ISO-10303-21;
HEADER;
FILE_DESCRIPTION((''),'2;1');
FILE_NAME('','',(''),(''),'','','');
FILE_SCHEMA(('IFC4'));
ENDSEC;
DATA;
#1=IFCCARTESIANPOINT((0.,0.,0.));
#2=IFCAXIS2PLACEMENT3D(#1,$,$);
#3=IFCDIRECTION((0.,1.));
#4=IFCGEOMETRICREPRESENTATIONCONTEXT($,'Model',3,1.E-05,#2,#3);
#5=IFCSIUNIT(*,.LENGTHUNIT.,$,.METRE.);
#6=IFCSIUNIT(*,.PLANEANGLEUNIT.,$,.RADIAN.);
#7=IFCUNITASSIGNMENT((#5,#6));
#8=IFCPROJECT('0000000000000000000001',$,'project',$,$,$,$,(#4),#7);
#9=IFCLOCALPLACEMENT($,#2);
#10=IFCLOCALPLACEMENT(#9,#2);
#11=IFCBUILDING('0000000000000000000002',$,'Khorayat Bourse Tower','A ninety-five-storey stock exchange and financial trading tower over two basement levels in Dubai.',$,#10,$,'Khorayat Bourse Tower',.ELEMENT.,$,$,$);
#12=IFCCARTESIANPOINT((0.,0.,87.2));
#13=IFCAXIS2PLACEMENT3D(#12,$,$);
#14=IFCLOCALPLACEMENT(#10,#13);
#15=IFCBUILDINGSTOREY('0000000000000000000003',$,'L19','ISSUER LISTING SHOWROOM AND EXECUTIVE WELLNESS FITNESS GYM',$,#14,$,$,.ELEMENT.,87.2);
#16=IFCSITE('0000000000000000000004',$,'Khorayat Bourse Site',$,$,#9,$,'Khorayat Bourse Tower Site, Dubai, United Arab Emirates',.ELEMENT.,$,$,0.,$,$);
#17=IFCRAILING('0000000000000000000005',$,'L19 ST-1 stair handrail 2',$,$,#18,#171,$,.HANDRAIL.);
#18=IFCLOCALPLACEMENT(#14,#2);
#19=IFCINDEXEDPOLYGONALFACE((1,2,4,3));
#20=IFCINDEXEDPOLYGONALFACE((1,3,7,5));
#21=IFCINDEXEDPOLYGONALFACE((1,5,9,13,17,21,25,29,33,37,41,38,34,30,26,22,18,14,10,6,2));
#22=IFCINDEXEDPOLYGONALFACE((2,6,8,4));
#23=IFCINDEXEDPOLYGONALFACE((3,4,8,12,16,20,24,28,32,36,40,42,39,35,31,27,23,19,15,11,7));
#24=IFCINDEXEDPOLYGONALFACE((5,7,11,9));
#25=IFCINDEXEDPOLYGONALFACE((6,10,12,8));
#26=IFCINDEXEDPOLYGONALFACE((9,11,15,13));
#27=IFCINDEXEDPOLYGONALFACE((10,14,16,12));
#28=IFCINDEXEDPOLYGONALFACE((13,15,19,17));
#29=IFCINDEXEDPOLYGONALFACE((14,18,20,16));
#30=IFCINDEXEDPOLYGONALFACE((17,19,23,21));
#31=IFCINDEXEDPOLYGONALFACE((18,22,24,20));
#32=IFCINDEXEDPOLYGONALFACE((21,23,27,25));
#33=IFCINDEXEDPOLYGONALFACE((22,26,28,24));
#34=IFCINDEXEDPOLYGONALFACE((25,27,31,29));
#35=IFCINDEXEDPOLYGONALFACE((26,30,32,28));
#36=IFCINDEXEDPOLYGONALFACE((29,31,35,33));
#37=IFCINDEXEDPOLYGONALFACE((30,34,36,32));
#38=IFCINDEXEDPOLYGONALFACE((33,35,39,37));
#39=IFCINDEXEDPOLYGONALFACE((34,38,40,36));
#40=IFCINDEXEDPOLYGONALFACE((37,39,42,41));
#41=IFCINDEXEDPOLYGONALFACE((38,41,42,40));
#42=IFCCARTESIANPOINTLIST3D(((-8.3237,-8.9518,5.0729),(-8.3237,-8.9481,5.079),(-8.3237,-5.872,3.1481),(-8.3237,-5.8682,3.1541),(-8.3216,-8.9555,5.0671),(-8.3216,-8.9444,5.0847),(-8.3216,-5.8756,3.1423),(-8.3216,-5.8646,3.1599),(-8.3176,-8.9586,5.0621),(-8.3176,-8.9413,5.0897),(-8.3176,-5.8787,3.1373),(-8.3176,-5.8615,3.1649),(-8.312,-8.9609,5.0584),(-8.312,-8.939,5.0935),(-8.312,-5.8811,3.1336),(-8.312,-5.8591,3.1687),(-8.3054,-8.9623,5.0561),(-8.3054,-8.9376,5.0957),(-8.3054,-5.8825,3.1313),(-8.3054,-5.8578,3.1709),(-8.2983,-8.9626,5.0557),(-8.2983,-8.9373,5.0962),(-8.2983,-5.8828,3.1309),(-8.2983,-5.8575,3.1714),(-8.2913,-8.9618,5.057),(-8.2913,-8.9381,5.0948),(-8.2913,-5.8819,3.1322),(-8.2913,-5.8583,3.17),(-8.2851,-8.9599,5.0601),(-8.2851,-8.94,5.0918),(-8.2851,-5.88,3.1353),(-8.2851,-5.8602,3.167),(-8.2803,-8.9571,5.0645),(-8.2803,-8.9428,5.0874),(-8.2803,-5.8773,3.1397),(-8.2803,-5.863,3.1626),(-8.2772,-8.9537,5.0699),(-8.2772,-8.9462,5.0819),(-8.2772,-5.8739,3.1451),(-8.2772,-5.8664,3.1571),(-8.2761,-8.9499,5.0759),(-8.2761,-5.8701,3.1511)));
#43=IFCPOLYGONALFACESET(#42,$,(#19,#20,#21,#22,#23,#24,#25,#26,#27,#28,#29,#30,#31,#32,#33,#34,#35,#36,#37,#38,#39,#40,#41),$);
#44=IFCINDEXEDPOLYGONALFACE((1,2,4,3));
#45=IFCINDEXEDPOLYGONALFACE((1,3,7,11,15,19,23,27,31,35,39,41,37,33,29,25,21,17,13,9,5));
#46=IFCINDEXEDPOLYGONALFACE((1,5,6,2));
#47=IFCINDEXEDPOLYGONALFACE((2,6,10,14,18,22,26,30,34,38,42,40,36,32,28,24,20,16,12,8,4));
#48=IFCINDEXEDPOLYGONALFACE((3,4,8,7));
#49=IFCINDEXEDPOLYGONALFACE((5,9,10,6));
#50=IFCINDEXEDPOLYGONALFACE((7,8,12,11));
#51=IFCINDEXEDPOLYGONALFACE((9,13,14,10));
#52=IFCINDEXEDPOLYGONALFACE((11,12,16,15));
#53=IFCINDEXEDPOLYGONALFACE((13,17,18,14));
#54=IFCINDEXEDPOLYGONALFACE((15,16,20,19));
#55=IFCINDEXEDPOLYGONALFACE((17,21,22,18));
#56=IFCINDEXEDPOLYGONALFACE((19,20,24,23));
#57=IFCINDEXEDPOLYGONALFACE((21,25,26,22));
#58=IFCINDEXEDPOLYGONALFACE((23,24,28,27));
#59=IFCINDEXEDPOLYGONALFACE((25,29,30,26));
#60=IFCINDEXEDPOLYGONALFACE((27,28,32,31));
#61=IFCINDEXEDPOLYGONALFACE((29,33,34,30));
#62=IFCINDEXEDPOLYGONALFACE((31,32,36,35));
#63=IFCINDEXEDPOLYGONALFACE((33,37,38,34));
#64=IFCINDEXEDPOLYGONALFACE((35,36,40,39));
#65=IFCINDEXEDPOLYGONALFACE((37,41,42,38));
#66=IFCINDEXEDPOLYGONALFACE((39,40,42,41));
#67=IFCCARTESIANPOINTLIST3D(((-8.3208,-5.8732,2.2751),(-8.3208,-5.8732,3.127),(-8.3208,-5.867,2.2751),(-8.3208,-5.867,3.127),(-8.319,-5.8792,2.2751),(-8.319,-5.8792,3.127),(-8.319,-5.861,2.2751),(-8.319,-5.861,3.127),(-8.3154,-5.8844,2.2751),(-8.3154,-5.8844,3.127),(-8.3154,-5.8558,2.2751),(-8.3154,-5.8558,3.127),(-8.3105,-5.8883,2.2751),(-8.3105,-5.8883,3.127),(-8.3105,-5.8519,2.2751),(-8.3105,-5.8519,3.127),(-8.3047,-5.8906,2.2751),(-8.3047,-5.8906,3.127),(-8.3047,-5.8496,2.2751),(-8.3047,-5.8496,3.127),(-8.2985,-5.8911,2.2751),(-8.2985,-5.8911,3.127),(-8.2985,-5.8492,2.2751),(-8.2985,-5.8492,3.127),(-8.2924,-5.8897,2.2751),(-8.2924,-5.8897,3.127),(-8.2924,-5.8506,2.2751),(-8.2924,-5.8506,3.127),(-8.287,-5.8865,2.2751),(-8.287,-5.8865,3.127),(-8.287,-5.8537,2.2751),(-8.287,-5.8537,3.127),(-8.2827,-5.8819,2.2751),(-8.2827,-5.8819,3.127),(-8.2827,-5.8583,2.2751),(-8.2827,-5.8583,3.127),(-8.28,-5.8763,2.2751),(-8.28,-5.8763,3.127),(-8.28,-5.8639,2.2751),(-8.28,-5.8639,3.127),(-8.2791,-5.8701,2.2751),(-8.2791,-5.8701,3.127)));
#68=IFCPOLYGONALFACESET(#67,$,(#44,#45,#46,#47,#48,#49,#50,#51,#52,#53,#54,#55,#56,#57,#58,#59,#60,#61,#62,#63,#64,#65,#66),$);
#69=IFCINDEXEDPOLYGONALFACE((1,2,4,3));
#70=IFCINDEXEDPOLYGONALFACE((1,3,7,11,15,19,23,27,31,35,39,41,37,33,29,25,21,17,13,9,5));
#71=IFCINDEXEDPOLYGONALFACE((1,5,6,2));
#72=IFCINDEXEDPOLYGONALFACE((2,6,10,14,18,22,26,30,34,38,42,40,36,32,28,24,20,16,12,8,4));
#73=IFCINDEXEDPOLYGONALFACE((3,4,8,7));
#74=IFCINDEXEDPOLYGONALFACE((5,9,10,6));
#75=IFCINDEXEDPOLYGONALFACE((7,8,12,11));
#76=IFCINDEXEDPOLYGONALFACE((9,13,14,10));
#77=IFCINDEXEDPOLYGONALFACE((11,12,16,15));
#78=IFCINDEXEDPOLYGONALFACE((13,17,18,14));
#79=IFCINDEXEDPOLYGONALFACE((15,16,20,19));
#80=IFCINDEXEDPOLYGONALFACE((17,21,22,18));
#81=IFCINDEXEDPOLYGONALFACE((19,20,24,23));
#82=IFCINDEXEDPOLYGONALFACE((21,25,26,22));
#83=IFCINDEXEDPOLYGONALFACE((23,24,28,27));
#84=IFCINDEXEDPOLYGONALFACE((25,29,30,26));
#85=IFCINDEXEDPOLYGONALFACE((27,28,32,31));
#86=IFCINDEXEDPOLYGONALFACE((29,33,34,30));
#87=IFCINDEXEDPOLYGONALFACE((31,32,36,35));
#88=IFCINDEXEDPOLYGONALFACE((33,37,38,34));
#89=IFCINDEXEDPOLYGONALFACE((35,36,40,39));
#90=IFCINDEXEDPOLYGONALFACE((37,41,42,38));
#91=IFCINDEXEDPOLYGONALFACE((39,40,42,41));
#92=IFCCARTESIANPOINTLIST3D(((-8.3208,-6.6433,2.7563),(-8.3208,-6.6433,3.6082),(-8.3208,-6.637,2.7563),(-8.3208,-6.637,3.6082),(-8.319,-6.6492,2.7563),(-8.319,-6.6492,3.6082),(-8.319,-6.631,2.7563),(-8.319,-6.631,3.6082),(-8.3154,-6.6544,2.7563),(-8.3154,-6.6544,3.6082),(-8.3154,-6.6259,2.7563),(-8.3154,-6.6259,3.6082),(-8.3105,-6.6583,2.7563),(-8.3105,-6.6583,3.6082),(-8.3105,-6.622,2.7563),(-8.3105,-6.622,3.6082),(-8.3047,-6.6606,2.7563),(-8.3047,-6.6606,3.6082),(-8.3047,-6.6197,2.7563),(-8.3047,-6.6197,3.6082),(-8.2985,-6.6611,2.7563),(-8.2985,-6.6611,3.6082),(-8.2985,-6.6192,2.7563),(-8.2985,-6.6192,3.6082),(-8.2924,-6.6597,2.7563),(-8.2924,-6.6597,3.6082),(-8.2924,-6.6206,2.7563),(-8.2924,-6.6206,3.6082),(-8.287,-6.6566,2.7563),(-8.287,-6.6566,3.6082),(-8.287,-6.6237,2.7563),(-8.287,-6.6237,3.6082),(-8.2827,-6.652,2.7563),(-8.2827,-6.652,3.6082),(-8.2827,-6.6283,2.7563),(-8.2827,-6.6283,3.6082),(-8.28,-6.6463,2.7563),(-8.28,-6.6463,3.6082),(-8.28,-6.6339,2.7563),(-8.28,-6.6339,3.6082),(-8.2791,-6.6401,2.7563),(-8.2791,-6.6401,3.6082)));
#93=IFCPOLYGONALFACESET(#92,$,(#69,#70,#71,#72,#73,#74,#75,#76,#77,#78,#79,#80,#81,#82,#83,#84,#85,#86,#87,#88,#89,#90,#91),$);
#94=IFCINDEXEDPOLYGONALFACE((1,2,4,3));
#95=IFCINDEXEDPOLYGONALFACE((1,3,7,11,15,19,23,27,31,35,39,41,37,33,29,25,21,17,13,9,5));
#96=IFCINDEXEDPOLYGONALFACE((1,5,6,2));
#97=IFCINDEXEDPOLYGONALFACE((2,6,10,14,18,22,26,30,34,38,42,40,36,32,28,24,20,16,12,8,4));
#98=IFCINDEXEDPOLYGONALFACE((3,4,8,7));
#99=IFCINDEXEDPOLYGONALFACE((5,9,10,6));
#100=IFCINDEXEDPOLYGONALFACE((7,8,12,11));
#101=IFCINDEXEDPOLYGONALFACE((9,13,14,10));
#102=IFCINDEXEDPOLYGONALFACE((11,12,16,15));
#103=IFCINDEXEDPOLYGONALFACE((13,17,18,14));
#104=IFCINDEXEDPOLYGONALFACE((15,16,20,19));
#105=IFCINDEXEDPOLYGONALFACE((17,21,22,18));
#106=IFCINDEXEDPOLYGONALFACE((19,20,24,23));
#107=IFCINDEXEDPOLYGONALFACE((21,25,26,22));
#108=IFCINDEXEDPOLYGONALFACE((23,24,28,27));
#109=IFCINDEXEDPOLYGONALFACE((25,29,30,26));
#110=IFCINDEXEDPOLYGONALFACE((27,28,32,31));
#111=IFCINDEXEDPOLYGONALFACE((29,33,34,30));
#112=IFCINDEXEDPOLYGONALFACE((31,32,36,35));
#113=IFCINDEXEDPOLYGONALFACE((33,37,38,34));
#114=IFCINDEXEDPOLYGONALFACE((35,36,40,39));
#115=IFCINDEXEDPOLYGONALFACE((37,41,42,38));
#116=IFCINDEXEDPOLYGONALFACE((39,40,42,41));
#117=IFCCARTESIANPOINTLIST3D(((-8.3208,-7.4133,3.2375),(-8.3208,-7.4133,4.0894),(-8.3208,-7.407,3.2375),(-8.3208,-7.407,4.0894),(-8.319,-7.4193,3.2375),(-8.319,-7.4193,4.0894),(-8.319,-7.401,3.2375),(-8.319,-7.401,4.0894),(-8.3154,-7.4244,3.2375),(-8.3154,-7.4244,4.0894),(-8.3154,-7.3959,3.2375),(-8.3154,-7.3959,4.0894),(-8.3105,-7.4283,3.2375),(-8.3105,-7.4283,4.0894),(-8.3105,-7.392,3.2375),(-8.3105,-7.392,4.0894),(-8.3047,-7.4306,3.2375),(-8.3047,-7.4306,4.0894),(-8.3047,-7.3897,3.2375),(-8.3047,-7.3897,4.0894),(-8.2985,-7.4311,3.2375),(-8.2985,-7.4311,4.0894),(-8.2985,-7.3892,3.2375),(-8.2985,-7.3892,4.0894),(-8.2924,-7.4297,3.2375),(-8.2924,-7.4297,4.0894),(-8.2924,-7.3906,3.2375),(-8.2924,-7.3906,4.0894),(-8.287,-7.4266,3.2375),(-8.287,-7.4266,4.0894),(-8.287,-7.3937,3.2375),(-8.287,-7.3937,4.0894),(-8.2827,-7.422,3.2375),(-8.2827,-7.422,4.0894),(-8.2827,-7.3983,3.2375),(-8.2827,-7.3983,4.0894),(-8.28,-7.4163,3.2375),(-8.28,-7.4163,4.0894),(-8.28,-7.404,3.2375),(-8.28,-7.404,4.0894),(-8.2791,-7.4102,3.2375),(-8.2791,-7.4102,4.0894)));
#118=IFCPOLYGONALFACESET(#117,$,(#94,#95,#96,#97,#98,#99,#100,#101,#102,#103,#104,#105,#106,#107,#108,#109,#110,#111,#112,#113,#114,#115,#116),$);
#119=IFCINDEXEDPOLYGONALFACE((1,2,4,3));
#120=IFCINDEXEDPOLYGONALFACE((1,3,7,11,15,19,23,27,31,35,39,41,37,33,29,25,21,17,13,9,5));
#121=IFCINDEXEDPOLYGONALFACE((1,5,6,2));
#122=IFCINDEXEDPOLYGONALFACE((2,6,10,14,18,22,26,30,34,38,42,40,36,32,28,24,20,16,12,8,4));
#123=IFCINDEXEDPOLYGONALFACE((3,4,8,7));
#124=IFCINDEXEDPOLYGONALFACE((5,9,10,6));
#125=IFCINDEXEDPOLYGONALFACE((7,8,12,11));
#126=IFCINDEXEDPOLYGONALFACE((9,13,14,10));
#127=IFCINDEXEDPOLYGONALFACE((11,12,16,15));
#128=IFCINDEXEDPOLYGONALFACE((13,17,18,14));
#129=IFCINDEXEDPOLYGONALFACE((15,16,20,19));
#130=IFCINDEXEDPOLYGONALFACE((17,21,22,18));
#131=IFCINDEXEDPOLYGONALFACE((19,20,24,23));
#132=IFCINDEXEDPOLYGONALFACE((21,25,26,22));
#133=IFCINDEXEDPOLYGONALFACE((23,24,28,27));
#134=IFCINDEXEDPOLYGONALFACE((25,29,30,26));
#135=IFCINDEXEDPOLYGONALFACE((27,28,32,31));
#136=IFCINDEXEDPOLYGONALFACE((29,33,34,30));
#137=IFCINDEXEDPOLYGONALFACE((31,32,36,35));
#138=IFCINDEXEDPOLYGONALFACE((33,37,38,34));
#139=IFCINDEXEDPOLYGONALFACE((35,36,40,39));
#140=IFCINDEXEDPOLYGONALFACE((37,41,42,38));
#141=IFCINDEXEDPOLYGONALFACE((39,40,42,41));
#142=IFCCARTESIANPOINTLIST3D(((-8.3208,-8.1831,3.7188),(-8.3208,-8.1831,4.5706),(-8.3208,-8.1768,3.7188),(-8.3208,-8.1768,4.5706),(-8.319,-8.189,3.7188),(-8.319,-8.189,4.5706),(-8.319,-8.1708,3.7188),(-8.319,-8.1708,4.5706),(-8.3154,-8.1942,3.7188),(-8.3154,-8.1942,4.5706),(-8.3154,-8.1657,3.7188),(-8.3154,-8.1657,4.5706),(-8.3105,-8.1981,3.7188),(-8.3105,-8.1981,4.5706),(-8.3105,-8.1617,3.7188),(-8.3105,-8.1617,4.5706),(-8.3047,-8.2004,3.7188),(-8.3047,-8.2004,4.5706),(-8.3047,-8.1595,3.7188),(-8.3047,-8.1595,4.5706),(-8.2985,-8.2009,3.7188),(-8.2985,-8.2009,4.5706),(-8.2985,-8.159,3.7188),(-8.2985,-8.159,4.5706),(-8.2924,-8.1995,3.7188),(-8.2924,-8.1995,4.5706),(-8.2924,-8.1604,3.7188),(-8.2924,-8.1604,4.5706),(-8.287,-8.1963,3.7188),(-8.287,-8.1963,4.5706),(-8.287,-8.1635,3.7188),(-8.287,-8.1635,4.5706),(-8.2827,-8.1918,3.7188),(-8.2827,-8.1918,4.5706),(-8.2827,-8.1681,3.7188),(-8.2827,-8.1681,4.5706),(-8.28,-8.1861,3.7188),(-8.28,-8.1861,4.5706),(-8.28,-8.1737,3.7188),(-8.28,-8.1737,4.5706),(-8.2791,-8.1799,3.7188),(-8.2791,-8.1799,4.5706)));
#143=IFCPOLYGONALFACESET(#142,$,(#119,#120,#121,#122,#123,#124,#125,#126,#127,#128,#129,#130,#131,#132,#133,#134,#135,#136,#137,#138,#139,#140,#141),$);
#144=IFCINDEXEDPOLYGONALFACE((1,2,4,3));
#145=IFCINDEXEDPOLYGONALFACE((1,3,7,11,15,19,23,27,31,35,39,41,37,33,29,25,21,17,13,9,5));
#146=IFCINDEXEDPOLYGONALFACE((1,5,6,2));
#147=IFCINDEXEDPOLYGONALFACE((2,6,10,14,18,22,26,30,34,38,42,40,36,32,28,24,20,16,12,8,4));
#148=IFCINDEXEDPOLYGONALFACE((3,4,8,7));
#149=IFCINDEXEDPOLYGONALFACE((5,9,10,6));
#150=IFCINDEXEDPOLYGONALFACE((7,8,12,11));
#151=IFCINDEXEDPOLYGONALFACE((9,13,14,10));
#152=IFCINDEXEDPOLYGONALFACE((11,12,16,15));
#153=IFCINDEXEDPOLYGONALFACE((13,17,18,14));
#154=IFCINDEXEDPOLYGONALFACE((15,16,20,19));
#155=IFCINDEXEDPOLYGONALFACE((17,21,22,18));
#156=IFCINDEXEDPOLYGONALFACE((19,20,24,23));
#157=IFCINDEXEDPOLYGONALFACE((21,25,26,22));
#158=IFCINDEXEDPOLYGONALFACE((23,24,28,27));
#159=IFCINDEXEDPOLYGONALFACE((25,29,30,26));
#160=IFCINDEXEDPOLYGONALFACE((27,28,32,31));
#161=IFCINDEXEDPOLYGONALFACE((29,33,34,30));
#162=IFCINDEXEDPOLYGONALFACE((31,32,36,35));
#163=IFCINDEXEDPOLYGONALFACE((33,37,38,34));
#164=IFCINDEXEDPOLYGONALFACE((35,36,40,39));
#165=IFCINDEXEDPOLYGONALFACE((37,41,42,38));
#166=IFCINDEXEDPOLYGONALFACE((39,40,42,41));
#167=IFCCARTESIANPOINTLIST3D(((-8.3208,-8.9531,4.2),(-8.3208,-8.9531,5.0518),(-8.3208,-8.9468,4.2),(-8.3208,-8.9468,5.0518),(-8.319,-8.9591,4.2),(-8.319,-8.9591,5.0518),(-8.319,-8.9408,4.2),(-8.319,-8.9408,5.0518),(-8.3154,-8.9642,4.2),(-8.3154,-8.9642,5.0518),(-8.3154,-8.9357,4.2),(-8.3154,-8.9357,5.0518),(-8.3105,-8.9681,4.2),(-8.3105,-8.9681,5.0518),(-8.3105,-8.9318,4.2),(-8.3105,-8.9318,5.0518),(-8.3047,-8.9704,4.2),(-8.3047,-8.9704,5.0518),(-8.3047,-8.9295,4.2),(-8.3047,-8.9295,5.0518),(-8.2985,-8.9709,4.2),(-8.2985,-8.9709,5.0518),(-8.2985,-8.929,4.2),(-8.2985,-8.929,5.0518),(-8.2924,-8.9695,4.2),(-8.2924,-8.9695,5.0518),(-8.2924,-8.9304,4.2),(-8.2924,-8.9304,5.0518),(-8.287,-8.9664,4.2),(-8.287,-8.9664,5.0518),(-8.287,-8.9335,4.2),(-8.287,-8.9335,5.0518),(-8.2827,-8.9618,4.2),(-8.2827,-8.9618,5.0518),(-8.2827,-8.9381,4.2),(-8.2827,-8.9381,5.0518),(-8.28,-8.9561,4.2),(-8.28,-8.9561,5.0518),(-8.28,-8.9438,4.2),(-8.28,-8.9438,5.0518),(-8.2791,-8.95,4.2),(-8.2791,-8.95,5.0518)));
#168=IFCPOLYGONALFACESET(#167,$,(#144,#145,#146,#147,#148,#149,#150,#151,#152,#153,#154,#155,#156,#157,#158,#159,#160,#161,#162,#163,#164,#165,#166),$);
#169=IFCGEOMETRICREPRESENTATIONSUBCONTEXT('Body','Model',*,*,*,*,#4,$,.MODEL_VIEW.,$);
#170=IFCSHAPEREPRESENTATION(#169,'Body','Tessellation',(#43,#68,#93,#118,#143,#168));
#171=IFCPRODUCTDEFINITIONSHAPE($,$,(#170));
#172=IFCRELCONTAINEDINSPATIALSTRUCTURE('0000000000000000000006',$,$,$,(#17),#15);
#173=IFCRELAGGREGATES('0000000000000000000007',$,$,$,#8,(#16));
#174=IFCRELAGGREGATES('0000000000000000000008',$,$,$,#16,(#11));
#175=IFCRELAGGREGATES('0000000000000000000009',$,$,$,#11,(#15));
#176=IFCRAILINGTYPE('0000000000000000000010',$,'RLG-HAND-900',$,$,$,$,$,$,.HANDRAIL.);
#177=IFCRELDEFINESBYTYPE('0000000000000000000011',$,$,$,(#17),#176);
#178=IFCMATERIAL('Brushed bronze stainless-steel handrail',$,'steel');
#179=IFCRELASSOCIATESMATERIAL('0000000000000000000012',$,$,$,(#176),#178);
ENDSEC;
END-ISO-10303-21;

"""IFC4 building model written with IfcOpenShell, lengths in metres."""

from ifc_helpers import new_model, si_unit, direction, frame, origin, origin_2d, place, context, subcontext, project, spatial, circle, extrude, source, transform, mapped, material, type_object, element, save


model = new_model("IFC4")

# Units and contexts
model_context = context("Model", 3, precision=1e-05, world=origin(), true_north=direction((0.0, 1.0)))
body_context = subcontext(model_context, "Body", "Model", "MODEL_VIEW")
ifc_project = project(units=[si_unit("LENGTHUNIT", "METRE"), si_unit("PLANEANGLEUNIT", "RADIAN")], contexts=[model_context])

# Site, building, storey
site_placement = place(None, origin())
site = spatial("IfcSite", under=ifc_project, at=site_placement, Name="Khorayat Bourse Site", LongName="Khorayat Bourse Tower Site, Dubai, United Arab Emirates", CompositionType="ELEMENT", RefElevation=0.0)
building_placement = place(site_placement, origin())
building = spatial("IfcBuilding", under=site, at=building_placement, Name="Khorayat Bourse Tower", Description="A ninety-five-storey stock exchange and financial trading tower over two basement levels in Dubai.", LongName="Khorayat Bourse Tower", CompositionType="ELEMENT")
storey_placement = place(building_placement, frame((0.0, 0.0, 87.2)))
storey = spatial("IfcBuildingStorey", under=building, at=storey_placement, Name="L19", Description="ISSUER LISTING SHOWROOM AND EXECUTIVE WELLNESS FITNESS GYM", CompositionType="ELEMENT", Elevation=87.2)

# Railing
ifc_material_1 = material(Name="Brushed bronze stainless-steel handrail", Category="steel")
railing_type_1 = type_object("IfcRailingType", Name="RLG-HAND-900", PredefinedType="HANDRAIL", material=ifc_material_1)
shared_shape_1 = source(origin(), body_context, "Body", "SweptSolid", [
    extrude(circle(Radius=0.0239, at=origin_2d()), frame((0.0, 0.0, 0.876), z_axis=(0.0, -0.84801, 0.529981), x_axis=(1.0, 0.0, 0.0)), (0.0, 0.0, 1.0), 3.6318),
    extrude(circle(Radius=0.021, at=origin_2d()), origin(), (0.0, 0.0, 1.0), 0.8518),
    extrude(circle(Radius=0.021, at=origin_2d()), frame((0.0, -0.77, 0.4812)), (0.0, 0.0, 1.0), 0.8518),
    extrude(circle(Radius=0.021, at=origin_2d()), frame((0.0, -1.54, 0.9624)), (0.0, 0.0, 1.0), 0.8518),
    extrude(circle(Radius=0.021, at=origin_2d()), frame((0.0, -2.3098, 1.4436)), (0.0, 0.0, 1.0), 0.8518),
    extrude(circle(Radius=0.021, at=origin_2d()), frame((0.0, -3.0798, 1.9248)), (0.0, 0.0, 1.0), 0.8518),
])
railing_1_placement = place(storey_placement, frame((-8.3, -5.8701, 2.2751)))
element("IfcRailing", 1, at=railing_1_placement, inside=storey, type_object=railing_type_1, Name="L19 ST-1 stair handrail 2", PredefinedType="HANDRAIL", context=body_context, shape_type="MappedRepresentation", body=[
    mapped(shared_shape_1, transform((0.0, 0.0, 0.0), scale=1.0)),
])

save(model, "model.ifc")
